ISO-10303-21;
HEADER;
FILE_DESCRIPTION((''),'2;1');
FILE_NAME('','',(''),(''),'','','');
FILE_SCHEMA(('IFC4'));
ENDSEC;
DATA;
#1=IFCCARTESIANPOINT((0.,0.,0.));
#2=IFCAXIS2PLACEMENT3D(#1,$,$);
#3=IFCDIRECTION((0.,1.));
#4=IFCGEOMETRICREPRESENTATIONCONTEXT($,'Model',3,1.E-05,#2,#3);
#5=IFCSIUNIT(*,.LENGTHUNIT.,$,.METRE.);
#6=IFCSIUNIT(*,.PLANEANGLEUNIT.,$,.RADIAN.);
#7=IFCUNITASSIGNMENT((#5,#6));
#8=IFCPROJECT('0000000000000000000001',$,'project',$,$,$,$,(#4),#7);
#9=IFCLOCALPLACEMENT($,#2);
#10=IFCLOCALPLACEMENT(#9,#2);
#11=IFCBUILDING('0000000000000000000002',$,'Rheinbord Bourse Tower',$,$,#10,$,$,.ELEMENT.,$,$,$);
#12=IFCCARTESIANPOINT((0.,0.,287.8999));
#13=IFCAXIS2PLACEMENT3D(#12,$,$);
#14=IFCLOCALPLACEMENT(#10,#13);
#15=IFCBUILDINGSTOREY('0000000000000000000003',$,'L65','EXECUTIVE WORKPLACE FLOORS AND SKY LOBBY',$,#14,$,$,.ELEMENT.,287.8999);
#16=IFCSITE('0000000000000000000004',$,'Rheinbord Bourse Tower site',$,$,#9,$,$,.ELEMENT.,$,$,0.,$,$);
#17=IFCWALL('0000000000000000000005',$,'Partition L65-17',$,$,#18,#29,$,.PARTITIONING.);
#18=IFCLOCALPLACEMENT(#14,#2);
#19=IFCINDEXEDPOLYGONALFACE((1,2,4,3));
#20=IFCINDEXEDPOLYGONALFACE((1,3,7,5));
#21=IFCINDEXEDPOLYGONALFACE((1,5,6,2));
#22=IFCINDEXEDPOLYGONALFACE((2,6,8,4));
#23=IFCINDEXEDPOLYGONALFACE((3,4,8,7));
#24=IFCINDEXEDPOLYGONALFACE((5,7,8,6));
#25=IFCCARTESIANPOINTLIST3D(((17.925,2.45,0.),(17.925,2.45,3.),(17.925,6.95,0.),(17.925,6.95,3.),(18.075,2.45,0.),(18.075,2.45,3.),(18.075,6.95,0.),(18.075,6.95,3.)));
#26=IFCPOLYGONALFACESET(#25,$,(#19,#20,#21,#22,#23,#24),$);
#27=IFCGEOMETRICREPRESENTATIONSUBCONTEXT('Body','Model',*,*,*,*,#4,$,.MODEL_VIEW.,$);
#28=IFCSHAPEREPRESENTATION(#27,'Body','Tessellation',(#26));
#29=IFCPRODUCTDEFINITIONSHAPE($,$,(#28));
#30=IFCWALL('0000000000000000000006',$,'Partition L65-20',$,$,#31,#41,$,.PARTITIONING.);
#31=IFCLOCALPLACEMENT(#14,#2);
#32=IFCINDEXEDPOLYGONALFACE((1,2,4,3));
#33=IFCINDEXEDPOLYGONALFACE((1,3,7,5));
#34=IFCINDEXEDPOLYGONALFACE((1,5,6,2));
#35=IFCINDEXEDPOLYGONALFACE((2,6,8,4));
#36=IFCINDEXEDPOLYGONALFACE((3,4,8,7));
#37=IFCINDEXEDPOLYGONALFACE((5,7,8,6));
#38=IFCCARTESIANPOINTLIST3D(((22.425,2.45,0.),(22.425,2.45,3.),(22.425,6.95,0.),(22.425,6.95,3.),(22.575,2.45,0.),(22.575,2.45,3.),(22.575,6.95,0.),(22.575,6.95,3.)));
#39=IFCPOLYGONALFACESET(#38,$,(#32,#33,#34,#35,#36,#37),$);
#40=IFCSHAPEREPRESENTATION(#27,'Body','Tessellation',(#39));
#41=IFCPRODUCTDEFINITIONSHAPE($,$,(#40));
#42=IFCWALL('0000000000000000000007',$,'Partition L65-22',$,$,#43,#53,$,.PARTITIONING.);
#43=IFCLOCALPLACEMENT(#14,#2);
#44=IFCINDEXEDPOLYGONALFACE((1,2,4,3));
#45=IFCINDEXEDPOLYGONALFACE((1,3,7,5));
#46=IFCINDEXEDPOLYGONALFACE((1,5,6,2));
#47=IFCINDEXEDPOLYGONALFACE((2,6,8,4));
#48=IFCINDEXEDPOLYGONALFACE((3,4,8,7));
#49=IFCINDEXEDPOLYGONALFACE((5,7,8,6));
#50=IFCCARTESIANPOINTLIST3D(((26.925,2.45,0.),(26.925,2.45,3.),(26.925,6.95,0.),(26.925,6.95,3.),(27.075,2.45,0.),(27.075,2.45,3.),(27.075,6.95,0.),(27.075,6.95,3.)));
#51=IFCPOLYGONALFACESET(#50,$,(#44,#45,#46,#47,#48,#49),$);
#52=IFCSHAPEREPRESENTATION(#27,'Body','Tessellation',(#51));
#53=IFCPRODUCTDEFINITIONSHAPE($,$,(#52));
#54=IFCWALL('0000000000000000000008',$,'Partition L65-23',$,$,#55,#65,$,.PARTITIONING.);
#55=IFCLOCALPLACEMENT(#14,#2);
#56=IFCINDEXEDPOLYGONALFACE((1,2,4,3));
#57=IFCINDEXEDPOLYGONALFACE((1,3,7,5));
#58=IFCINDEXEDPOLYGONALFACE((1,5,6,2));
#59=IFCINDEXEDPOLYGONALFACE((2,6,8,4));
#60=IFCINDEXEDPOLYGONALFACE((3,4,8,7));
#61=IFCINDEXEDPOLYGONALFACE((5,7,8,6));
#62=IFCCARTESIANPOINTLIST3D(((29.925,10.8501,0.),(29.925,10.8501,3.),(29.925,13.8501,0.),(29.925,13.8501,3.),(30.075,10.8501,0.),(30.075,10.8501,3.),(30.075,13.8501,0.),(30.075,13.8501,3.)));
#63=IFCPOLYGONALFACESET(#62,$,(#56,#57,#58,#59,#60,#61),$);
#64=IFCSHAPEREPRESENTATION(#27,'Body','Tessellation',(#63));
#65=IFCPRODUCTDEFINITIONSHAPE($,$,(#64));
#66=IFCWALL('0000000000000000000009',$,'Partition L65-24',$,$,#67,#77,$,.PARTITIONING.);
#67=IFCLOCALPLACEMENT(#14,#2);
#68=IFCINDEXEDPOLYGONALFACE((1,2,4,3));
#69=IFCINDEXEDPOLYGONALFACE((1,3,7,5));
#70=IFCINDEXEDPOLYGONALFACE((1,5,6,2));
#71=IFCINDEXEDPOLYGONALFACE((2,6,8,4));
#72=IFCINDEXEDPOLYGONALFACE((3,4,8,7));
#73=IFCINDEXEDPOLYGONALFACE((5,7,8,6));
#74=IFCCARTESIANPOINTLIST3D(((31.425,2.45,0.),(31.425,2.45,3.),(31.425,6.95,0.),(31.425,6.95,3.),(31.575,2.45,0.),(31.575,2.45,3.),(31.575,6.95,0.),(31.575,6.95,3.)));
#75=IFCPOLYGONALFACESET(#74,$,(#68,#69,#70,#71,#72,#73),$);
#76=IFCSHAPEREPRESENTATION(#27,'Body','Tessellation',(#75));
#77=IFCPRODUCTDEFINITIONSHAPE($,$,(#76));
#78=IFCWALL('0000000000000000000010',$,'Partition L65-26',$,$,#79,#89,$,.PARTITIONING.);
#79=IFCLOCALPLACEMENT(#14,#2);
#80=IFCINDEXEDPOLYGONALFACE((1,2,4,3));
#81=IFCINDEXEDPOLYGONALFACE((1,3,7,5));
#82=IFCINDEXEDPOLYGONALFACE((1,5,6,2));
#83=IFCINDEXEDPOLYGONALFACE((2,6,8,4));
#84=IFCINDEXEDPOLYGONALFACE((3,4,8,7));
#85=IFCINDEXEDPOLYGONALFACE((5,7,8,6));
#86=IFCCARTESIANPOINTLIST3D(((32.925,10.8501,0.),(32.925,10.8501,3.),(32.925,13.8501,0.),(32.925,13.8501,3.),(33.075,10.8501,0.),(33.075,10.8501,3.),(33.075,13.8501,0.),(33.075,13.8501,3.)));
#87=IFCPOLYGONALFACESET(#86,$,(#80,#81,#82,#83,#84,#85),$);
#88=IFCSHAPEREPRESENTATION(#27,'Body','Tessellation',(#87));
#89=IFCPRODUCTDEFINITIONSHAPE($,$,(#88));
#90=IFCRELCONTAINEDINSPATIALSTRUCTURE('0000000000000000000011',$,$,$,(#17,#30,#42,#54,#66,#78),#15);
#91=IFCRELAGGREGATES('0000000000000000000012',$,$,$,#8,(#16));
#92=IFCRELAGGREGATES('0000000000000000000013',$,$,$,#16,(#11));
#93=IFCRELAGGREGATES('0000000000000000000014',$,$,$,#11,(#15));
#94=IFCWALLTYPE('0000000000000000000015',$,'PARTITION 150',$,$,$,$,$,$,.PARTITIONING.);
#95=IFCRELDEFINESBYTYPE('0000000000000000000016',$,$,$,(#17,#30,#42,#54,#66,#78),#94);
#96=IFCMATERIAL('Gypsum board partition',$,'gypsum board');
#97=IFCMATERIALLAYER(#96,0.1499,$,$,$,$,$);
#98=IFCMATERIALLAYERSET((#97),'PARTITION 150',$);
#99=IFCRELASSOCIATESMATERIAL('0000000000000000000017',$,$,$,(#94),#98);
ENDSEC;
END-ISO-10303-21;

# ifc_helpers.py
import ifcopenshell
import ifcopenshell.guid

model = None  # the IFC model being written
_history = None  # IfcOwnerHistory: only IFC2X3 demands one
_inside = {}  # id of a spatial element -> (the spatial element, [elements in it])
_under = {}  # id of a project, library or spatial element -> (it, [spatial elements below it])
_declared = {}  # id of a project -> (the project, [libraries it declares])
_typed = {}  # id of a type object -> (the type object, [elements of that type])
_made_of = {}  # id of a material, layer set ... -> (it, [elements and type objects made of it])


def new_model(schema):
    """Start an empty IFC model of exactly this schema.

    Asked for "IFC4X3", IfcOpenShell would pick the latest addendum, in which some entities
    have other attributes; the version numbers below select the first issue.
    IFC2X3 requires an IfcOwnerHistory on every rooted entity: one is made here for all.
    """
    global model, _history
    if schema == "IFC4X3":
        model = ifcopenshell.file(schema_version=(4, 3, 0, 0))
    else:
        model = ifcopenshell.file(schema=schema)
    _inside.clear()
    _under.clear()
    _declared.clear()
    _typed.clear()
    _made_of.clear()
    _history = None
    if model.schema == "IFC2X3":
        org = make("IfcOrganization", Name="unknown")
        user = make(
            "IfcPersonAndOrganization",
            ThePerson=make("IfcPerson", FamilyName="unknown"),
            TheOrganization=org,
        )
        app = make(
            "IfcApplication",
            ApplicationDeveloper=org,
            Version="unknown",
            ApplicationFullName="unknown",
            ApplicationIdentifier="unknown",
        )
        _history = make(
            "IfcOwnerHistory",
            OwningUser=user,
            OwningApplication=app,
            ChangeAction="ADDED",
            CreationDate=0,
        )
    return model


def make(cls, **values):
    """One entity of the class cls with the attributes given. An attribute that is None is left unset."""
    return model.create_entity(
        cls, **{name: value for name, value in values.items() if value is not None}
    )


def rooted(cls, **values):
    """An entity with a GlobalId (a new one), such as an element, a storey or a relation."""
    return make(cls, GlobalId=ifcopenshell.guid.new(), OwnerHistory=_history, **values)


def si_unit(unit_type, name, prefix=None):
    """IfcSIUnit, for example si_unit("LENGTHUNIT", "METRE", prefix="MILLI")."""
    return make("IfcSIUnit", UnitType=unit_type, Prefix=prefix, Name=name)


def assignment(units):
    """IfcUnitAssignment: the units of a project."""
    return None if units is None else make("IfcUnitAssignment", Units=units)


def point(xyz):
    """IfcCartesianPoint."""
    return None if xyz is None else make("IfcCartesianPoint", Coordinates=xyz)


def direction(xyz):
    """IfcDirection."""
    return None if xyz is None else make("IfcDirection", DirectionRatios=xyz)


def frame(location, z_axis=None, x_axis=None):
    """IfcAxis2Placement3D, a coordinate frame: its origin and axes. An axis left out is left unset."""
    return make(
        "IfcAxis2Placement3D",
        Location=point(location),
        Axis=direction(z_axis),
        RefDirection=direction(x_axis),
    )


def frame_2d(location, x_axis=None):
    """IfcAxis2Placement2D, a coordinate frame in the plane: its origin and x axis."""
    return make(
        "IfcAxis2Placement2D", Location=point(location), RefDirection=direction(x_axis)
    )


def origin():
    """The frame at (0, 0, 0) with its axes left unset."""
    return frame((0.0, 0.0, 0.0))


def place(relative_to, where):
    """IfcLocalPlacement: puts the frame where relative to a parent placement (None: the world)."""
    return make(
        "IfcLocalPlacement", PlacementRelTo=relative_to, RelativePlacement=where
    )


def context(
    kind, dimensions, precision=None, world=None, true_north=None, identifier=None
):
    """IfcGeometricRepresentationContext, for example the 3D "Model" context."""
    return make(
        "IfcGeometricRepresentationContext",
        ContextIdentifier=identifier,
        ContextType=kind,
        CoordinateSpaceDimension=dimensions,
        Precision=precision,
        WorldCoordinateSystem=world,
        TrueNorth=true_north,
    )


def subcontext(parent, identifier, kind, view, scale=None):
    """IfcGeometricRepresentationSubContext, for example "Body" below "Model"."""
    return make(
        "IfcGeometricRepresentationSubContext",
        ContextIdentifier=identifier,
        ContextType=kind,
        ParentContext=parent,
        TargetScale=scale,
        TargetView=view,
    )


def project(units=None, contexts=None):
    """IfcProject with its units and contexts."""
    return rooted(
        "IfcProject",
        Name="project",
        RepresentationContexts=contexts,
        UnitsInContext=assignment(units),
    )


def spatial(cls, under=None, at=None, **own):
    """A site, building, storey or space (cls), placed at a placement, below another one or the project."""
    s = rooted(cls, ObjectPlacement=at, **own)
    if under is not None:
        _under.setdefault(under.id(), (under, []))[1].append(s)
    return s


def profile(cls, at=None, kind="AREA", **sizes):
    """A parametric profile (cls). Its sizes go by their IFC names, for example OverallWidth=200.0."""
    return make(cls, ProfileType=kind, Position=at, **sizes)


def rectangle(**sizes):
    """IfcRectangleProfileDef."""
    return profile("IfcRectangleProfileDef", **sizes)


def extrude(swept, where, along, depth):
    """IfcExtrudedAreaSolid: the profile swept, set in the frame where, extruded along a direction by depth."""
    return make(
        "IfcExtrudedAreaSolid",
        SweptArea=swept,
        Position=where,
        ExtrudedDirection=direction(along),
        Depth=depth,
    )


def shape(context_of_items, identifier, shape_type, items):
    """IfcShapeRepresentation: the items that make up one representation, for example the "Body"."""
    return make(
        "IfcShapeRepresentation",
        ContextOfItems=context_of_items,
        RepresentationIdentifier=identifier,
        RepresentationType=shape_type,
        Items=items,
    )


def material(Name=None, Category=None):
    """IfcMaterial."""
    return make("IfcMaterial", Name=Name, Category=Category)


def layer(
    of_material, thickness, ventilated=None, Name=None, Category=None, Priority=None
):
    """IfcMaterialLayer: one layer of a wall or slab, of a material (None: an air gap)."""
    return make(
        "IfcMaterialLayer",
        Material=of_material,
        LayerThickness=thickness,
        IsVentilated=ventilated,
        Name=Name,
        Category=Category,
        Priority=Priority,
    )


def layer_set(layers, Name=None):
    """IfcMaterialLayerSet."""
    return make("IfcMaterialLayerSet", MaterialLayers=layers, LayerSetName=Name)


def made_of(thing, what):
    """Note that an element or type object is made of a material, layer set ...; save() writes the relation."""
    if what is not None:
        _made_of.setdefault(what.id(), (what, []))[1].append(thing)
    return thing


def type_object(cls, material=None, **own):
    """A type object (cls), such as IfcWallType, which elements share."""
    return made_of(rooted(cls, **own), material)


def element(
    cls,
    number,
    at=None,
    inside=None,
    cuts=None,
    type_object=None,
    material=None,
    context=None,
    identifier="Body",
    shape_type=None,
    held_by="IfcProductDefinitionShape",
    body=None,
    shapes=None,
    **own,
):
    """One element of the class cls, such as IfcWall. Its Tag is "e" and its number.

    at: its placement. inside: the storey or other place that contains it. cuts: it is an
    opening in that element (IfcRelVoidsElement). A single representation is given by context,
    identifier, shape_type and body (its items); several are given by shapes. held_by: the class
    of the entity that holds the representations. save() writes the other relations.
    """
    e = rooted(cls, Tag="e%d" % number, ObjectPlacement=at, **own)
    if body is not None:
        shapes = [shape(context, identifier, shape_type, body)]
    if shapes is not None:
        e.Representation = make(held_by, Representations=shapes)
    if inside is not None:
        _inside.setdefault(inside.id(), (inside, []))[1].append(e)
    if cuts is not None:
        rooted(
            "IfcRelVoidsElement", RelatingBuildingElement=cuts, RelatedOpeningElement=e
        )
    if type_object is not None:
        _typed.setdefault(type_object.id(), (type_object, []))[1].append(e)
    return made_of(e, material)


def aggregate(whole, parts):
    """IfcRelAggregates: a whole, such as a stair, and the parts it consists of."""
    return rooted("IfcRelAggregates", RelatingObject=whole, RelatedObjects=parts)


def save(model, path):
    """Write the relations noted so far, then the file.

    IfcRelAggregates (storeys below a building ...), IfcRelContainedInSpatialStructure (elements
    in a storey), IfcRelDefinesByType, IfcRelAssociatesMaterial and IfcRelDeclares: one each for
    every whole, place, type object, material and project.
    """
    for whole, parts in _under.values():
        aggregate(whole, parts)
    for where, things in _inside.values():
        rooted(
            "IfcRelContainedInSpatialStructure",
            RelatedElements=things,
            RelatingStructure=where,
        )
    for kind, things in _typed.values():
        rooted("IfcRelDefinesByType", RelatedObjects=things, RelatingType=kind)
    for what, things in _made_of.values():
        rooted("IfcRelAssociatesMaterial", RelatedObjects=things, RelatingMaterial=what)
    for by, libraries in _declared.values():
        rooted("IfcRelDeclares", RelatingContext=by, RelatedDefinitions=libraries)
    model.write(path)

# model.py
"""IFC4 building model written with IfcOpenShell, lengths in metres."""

from ifc_helpers import new_model, si_unit, direction, frame, frame_2d, origin, place, context, subcontext, project, spatial, rectangle, extrude, material, layer, layer_set, type_object, element, save


model = new_model("IFC4")

# Units and contexts
model_context = context("Model", 3, precision=1e-05, world=origin(), true_north=direction((0.0, 1.0)))
body_context = subcontext(model_context, "Body", "Model", "MODEL_VIEW")
ifc_project = project(units=[si_unit("LENGTHUNIT", "METRE"), si_unit("PLANEANGLEUNIT", "RADIAN")], contexts=[model_context])

# Site, building, storey
site_placement = place(None, origin())
site = spatial("IfcSite", under=ifc_project, at=site_placement, Name="Rheinbord Bourse Tower site", CompositionType="ELEMENT", RefElevation=0.0)
building_placement = place(site_placement, origin())
building = spatial("IfcBuilding", under=site, at=building_placement, Name="Rheinbord Bourse Tower", CompositionType="ELEMENT")
storey_placement = place(building_placement, frame((0.0, 0.0, 287.8999)))
storey = spatial("IfcBuildingStorey", under=building, at=storey_placement, Name="L65", Description="EXECUTIVE WORKPLACE FLOORS AND SKY LOBBY", CompositionType="ELEMENT", Elevation=287.8999)

# Shared definitions
ifc_material_1 = material(Name="Gypsum board partition", Category="gypsum board")
ifc_layer_1 = layer(ifc_material_1, 0.1499)
ifc_layer_set_1 = layer_set([ifc_layer_1], Name="PARTITION 150")
wall_type_1 = type_object("IfcWallType", Name="PARTITION 150", PredefinedType="PARTITIONING", material=ifc_layer_set_1)

# Walls
for number, where, z_axis, x_axis, name in (
    (1, (18.0, 2.45, 0.0), (0.0, 0.0, 1.0), (0.0, 1.0, 0.0), "Partition L65-17"),
    (2, (22.5, 2.45, 0.0), (0.0, 0.0, 1.0), (0.0, 1.0, 0.0), "Partition L65-20"),
    (3, (27.0, 2.45, 0.0), (0.0, 0.0, 1.0), (0.0, 1.0, 0.0), "Partition L65-22"),
):
    element("IfcWall", number, at=place(storey_placement, frame(where, z_axis=z_axis, x_axis=x_axis)), inside=storey, type_object=wall_type_1, Name=name, PredefinedType="PARTITIONING", context=body_context, shape_type="SweptSolid", body=[
        extrude(rectangle(XDim=4.5, YDim=0.1499, at=frame_2d((2.25, 0.0))), origin(), (0.0, 0.0, 1.0), 3.0),
    ])
wall_1_placement = place(storey_placement, frame((30.0, 10.8501, 0.0), z_axis=(0.0, 0.0, 1.0), x_axis=(0.0, 1.0, 0.0)))
element("IfcWall", 4, at=wall_1_placement, inside=storey, type_object=wall_type_1, Name="Partition L65-23", PredefinedType="PARTITIONING", context=body_context, shape_type="SweptSolid", body=[
    extrude(rectangle(XDim=3.0, YDim=0.1499, at=frame_2d((1.5, 0.0))), origin(), (0.0, 0.0, 1.0), 3.0),
])
wall_2_placement = place(storey_placement, frame((31.5, 2.45, 0.0), z_axis=(0.0, 0.0, 1.0), x_axis=(0.0, 1.0, 0.0)))
element("IfcWall", 5, at=wall_2_placement, inside=storey, type_object=wall_type_1, Name="Partition L65-24", PredefinedType="PARTITIONING", context=body_context, shape_type="SweptSolid", body=[
    extrude(rectangle(XDim=4.5, YDim=0.1499, at=frame_2d((2.25, 0.0))), origin(), (0.0, 0.0, 1.0), 3.0),
])
wall_3_placement = place(storey_placement, frame((33.0, 10.8501, 0.0), z_axis=(0.0, 0.0, 1.0), x_axis=(0.0, 1.0, 0.0)))
element("IfcWall", 6, at=wall_3_placement, inside=storey, type_object=wall_type_1, Name="Partition L65-26", PredefinedType="PARTITIONING", context=body_context, shape_type="SweptSolid", body=[
    extrude(rectangle(XDim=3.0, YDim=0.1499, at=frame_2d((1.5, 0.0))), origin(), (0.0, 0.0, 1.0), 3.0),
])

save(model, "model.ifc")
